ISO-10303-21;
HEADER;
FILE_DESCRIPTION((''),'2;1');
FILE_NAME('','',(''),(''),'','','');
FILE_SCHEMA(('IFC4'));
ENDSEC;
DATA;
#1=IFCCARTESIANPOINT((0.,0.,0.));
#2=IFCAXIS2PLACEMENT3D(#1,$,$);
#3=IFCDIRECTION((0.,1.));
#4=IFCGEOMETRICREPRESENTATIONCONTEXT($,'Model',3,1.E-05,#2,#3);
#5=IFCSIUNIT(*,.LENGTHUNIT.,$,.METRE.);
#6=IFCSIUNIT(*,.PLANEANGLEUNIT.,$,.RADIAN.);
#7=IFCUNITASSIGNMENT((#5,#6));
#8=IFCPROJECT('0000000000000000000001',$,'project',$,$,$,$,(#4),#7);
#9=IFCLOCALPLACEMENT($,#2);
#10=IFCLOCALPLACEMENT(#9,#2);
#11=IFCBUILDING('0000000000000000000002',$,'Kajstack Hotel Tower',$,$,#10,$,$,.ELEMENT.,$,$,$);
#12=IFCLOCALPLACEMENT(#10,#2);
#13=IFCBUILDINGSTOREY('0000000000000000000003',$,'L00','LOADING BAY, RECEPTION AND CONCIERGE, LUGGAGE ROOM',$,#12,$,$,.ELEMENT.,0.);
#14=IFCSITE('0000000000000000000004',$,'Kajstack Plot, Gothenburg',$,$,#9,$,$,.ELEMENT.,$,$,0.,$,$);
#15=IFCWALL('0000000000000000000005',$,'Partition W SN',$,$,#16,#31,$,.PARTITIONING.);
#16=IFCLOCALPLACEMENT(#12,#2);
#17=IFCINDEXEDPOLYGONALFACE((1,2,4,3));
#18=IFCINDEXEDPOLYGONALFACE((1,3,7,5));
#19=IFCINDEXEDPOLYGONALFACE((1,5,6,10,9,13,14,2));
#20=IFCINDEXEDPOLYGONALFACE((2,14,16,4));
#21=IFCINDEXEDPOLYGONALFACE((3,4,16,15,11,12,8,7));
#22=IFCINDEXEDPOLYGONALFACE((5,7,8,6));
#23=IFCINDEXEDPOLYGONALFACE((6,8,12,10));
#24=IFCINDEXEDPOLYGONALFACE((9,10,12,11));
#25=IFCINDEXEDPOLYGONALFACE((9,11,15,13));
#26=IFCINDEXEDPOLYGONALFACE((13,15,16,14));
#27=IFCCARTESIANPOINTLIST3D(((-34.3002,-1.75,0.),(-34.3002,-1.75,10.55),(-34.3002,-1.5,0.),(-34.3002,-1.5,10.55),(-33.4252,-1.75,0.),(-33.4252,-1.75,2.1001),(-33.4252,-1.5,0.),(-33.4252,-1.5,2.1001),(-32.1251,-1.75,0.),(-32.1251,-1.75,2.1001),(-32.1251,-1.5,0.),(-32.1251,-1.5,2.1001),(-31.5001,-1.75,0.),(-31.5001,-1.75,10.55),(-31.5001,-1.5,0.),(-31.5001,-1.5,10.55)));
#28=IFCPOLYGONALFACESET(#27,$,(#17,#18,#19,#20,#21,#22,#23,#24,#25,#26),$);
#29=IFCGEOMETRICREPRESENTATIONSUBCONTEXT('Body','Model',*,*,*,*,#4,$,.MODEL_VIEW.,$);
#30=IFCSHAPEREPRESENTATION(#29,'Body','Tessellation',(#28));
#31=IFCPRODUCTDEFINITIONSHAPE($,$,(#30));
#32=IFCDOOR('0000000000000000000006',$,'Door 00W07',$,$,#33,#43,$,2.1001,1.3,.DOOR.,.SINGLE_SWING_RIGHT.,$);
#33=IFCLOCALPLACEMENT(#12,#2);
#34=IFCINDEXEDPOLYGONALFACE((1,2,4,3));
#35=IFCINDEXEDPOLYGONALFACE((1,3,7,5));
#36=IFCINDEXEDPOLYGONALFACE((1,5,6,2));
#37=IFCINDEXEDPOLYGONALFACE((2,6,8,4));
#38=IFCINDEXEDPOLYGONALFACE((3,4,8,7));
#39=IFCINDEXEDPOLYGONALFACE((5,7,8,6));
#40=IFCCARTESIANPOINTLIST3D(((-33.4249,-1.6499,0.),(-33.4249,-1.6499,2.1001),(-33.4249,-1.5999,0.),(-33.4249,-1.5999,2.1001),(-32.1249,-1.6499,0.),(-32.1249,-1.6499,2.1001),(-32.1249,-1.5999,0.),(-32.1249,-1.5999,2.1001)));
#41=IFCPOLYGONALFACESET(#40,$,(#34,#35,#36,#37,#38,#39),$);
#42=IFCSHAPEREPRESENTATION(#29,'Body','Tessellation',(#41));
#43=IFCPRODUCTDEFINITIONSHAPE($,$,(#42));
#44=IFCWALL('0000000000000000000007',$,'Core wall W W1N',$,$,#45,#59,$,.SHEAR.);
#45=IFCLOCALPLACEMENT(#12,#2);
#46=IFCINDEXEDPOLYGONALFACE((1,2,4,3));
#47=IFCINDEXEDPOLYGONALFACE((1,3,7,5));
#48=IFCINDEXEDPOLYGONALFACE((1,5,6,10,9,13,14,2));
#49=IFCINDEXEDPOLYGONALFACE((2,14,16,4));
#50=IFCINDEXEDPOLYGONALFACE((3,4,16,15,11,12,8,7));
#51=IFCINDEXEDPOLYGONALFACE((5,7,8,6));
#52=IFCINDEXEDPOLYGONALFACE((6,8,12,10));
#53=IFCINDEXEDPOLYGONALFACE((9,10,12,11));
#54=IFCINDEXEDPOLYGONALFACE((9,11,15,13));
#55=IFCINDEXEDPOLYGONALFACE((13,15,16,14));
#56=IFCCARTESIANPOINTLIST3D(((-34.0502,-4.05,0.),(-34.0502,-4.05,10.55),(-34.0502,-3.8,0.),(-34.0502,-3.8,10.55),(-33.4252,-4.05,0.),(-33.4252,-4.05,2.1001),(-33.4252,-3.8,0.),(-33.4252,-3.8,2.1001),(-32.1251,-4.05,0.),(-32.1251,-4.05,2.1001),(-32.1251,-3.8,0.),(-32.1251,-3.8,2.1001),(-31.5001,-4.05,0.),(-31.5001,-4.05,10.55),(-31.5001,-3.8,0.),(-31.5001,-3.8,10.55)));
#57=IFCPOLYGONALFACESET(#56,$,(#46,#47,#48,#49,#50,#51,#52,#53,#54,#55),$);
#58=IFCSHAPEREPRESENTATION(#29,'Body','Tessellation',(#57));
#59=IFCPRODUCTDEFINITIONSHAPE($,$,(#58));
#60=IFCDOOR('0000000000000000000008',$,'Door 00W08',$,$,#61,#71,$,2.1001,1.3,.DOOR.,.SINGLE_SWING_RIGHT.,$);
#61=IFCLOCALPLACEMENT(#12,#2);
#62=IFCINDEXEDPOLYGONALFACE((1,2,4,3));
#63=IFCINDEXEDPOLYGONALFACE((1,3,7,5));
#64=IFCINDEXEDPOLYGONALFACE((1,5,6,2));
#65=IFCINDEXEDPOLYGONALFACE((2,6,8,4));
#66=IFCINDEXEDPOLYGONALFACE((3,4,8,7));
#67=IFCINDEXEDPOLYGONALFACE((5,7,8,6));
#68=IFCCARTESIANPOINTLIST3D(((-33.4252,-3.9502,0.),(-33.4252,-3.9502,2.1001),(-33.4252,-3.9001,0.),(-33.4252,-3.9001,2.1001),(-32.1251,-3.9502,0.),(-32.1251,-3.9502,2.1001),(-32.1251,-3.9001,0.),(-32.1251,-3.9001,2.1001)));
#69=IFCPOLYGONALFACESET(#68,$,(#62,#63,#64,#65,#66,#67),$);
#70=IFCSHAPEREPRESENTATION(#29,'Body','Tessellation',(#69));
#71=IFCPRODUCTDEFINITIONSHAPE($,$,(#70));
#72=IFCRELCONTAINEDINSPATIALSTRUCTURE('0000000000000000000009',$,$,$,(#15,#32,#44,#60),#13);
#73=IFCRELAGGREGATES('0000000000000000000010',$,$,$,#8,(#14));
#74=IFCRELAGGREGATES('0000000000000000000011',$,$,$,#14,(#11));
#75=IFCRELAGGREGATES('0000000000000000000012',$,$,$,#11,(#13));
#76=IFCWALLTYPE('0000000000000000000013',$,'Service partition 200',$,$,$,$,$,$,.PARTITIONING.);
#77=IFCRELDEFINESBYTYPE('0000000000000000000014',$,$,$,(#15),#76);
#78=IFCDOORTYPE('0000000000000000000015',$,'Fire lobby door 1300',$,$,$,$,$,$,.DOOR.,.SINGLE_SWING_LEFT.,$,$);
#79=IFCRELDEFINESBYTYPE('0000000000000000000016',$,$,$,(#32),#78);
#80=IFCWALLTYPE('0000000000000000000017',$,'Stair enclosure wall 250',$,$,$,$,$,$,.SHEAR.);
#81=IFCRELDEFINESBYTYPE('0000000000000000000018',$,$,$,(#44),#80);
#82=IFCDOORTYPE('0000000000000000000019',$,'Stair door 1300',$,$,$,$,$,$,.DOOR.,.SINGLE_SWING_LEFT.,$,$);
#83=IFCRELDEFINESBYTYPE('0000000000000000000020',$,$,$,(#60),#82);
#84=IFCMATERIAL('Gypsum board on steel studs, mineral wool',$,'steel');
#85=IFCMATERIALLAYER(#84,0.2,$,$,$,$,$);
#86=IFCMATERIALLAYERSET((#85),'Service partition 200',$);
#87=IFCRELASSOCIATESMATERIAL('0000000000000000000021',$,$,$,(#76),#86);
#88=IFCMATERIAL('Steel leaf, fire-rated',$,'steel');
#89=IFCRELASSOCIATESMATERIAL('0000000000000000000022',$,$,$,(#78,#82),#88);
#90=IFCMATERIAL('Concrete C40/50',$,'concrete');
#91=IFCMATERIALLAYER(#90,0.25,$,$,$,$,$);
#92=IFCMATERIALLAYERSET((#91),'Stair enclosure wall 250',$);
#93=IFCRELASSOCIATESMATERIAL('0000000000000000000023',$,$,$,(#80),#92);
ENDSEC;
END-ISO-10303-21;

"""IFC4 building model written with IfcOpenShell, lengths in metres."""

from ifc_helpers import new_model, si_unit, direction, frame, frame_2d, origin, place, context, subcontext, project, spatial, rectangle, extrude, material, layer, layer_set, type_object, element, fill, save


model = new_model("IFC4")

# Units and contexts
model_context = context("Model", 3, precision=1e-05, world=origin(), true_north=direction((0.0, 1.0)))
body_context = subcontext(model_context, "Body", "Model", "MODEL_VIEW")
ifc_project = project(units=[si_unit("LENGTHUNIT", "METRE"), si_unit("PLANEANGLEUNIT", "RADIAN")], contexts=[model_context])

# Site, building, storey
site_placement = place(None, origin())
site = spatial("IfcSite", under=ifc_project, at=site_placement, Name="Kajstack Plot, Gothenburg", CompositionType="ELEMENT", RefElevation=0.0)
building_placement = place(site_placement, origin())
building = spatial("IfcBuilding", under=site, at=building_placement, Name="Kajstack Hotel Tower", CompositionType="ELEMENT")
storey_placement = place(building_placement, origin())
storey = spatial("IfcBuildingStorey", under=building, at=storey_placement, Name="L00", Description="LOADING BAY, RECEPTION AND CONCIERGE, LUGGAGE ROOM", CompositionType="ELEMENT", Elevation=0.0)

# Walls, openings, doors
ifc_material_1 = material(Name="Gypsum board on steel studs, mineral wool", Category="steel")
ifc_layer_1 = layer(ifc_material_1, 0.2)
ifc_layer_set_1 = layer_set([ifc_layer_1], Name="Service partition 200")
wall_type_1 = type_object("IfcWallType", Name="Service partition 200", PredefinedType="PARTITIONING", material=ifc_layer_set_1)
wall_1_placement = place(storey_placement, frame((-34.3, -1.625, 0.0), z_axis=(0.0, 0.0, 1.0), x_axis=(1.0, 0.0, 0.0)))
wall_1 = element("IfcWall", 1, at=wall_1_placement, inside=storey, type_object=wall_type_1, Name="Partition W SN", PredefinedType="PARTITIONING", context=body_context, shape_type="SweptSolid", body=[
    extrude(rectangle(XDim=2.8, YDim=0.25, at=frame_2d((1.3999, 0.0))), origin(), (0.0, 0.0, 1.0), 10.55),
])
opening_1_placement = place(wall_1_placement, frame((0.875, 0.0, 0.0)))
opening_1 = element("IfcOpeningElement", 2, at=opening_1_placement, cuts=wall_1, PredefinedType="OPENING", context=body_context, shape_type="SweptSolid", body=[
    extrude(rectangle(XDim=1.3, YDim=2.1001, at=frame_2d((0.6499, 1.05))), frame((0.0, 0.135, 0.0), z_axis=(0.0, -1.0, 0.0), x_axis=(1.0, 0.0, 0.0)), (0.0, 0.0, 1.0), 0.27),
])
ifc_material_2 = material(Name="Steel leaf, fire-rated", Category="steel")
door_type_1 = type_object("IfcDoorType", Name="Fire lobby door 1300", OperationType="SINGLE_SWING_LEFT", PredefinedType="DOOR", material=ifc_material_2)
door_1_placement = place(opening_1_placement, frame((1.3, 0.0, 0.0), z_axis=(0.0, 0.0, 1.0), x_axis=(-1.0, 0.0, 0.0)))
door_1 = element("IfcDoor", 3, at=door_1_placement, inside=storey, type_object=door_type_1, Name="Door 00W07", OperationType="SINGLE_SWING_RIGHT", OverallHeight=2.1001, OverallWidth=1.3, PredefinedType="DOOR", context=body_context, shape_type="SweptSolid", body=[
    extrude(rectangle(XDim=1.3, YDim=2.1001, at=frame_2d((0.6499, 1.05))), frame((0.0, 0.0249, 0.0), z_axis=(0.0, -1.0, 0.0), x_axis=(1.0, 0.0, 0.0)), (0.0, 0.0, 1.0), 0.05),
])
fill(opening_1, door_1)
ifc_material_3 = material(Name="Concrete C40/50", Category="concrete")
ifc_layer_2 = layer(ifc_material_3, 0.25)
ifc_layer_set_2 = layer_set([ifc_layer_2], Name="Stair enclosure wall 250")
wall_type_2 = type_object("IfcWallType", Name="Stair enclosure wall 250", PredefinedType="SHEAR", material=ifc_layer_set_2)
wall_2_placement = place(storey_placement, frame((-34.05, -3.925, 0.0), z_axis=(0.0, 0.0, 1.0), x_axis=(1.0, 0.0, 0.0)))
wall_2 = element("IfcWall", 4, at=wall_2_placement, inside=storey, type_object=wall_type_2, Name="Core wall W W1N", PredefinedType="SHEAR", context=body_context, shape_type="SweptSolid", body=[
    extrude(rectangle(XDim=2.55, YDim=0.25, at=frame_2d((1.2749, 0.0))), origin(), (0.0, 0.0, 1.0), 10.55),
])
opening_2_placement = place(wall_2_placement, frame((0.625, 0.0, 0.0)))
opening_2 = element("IfcOpeningElement", 5, at=opening_2_placement, cuts=wall_2, PredefinedType="OPENING", context=body_context, shape_type="SweptSolid", body=[
    extrude(rectangle(XDim=1.3, YDim=2.1001, at=frame_2d((0.6499, 1.05))), frame((0.0, 0.135, 0.0), z_axis=(0.0, -1.0, 0.0), x_axis=(1.0, 0.0, 0.0)), (0.0, 0.0, 1.0), 0.27),
])
door_type_2 = type_object("IfcDoorType", Name="Stair door 1300", OperationType="SINGLE_SWING_LEFT", PredefinedType="DOOR", material=ifc_material_2)
door_2_placement = place(opening_2_placement, origin())
door_2 = element("IfcDoor", 6, at=door_2_placement, inside=storey, type_object=door_type_2, Name="Door 00W08", OperationType="SINGLE_SWING_RIGHT", OverallHeight=2.1001, OverallWidth=1.3, PredefinedType="DOOR", context=body_context, shape_type="SweptSolid", body=[
    extrude(rectangle(XDim=1.3, YDim=2.1001, at=frame_2d((0.6499, 1.05))), frame((0.0, 0.0249, 0.0), z_axis=(0.0, -1.0, 0.0), x_axis=(1.0, 0.0, 0.0)), (0.0, 0.0, 1.0), 0.05),
])
fill(opening_2, door_2)

save(model, "model.ifc")
